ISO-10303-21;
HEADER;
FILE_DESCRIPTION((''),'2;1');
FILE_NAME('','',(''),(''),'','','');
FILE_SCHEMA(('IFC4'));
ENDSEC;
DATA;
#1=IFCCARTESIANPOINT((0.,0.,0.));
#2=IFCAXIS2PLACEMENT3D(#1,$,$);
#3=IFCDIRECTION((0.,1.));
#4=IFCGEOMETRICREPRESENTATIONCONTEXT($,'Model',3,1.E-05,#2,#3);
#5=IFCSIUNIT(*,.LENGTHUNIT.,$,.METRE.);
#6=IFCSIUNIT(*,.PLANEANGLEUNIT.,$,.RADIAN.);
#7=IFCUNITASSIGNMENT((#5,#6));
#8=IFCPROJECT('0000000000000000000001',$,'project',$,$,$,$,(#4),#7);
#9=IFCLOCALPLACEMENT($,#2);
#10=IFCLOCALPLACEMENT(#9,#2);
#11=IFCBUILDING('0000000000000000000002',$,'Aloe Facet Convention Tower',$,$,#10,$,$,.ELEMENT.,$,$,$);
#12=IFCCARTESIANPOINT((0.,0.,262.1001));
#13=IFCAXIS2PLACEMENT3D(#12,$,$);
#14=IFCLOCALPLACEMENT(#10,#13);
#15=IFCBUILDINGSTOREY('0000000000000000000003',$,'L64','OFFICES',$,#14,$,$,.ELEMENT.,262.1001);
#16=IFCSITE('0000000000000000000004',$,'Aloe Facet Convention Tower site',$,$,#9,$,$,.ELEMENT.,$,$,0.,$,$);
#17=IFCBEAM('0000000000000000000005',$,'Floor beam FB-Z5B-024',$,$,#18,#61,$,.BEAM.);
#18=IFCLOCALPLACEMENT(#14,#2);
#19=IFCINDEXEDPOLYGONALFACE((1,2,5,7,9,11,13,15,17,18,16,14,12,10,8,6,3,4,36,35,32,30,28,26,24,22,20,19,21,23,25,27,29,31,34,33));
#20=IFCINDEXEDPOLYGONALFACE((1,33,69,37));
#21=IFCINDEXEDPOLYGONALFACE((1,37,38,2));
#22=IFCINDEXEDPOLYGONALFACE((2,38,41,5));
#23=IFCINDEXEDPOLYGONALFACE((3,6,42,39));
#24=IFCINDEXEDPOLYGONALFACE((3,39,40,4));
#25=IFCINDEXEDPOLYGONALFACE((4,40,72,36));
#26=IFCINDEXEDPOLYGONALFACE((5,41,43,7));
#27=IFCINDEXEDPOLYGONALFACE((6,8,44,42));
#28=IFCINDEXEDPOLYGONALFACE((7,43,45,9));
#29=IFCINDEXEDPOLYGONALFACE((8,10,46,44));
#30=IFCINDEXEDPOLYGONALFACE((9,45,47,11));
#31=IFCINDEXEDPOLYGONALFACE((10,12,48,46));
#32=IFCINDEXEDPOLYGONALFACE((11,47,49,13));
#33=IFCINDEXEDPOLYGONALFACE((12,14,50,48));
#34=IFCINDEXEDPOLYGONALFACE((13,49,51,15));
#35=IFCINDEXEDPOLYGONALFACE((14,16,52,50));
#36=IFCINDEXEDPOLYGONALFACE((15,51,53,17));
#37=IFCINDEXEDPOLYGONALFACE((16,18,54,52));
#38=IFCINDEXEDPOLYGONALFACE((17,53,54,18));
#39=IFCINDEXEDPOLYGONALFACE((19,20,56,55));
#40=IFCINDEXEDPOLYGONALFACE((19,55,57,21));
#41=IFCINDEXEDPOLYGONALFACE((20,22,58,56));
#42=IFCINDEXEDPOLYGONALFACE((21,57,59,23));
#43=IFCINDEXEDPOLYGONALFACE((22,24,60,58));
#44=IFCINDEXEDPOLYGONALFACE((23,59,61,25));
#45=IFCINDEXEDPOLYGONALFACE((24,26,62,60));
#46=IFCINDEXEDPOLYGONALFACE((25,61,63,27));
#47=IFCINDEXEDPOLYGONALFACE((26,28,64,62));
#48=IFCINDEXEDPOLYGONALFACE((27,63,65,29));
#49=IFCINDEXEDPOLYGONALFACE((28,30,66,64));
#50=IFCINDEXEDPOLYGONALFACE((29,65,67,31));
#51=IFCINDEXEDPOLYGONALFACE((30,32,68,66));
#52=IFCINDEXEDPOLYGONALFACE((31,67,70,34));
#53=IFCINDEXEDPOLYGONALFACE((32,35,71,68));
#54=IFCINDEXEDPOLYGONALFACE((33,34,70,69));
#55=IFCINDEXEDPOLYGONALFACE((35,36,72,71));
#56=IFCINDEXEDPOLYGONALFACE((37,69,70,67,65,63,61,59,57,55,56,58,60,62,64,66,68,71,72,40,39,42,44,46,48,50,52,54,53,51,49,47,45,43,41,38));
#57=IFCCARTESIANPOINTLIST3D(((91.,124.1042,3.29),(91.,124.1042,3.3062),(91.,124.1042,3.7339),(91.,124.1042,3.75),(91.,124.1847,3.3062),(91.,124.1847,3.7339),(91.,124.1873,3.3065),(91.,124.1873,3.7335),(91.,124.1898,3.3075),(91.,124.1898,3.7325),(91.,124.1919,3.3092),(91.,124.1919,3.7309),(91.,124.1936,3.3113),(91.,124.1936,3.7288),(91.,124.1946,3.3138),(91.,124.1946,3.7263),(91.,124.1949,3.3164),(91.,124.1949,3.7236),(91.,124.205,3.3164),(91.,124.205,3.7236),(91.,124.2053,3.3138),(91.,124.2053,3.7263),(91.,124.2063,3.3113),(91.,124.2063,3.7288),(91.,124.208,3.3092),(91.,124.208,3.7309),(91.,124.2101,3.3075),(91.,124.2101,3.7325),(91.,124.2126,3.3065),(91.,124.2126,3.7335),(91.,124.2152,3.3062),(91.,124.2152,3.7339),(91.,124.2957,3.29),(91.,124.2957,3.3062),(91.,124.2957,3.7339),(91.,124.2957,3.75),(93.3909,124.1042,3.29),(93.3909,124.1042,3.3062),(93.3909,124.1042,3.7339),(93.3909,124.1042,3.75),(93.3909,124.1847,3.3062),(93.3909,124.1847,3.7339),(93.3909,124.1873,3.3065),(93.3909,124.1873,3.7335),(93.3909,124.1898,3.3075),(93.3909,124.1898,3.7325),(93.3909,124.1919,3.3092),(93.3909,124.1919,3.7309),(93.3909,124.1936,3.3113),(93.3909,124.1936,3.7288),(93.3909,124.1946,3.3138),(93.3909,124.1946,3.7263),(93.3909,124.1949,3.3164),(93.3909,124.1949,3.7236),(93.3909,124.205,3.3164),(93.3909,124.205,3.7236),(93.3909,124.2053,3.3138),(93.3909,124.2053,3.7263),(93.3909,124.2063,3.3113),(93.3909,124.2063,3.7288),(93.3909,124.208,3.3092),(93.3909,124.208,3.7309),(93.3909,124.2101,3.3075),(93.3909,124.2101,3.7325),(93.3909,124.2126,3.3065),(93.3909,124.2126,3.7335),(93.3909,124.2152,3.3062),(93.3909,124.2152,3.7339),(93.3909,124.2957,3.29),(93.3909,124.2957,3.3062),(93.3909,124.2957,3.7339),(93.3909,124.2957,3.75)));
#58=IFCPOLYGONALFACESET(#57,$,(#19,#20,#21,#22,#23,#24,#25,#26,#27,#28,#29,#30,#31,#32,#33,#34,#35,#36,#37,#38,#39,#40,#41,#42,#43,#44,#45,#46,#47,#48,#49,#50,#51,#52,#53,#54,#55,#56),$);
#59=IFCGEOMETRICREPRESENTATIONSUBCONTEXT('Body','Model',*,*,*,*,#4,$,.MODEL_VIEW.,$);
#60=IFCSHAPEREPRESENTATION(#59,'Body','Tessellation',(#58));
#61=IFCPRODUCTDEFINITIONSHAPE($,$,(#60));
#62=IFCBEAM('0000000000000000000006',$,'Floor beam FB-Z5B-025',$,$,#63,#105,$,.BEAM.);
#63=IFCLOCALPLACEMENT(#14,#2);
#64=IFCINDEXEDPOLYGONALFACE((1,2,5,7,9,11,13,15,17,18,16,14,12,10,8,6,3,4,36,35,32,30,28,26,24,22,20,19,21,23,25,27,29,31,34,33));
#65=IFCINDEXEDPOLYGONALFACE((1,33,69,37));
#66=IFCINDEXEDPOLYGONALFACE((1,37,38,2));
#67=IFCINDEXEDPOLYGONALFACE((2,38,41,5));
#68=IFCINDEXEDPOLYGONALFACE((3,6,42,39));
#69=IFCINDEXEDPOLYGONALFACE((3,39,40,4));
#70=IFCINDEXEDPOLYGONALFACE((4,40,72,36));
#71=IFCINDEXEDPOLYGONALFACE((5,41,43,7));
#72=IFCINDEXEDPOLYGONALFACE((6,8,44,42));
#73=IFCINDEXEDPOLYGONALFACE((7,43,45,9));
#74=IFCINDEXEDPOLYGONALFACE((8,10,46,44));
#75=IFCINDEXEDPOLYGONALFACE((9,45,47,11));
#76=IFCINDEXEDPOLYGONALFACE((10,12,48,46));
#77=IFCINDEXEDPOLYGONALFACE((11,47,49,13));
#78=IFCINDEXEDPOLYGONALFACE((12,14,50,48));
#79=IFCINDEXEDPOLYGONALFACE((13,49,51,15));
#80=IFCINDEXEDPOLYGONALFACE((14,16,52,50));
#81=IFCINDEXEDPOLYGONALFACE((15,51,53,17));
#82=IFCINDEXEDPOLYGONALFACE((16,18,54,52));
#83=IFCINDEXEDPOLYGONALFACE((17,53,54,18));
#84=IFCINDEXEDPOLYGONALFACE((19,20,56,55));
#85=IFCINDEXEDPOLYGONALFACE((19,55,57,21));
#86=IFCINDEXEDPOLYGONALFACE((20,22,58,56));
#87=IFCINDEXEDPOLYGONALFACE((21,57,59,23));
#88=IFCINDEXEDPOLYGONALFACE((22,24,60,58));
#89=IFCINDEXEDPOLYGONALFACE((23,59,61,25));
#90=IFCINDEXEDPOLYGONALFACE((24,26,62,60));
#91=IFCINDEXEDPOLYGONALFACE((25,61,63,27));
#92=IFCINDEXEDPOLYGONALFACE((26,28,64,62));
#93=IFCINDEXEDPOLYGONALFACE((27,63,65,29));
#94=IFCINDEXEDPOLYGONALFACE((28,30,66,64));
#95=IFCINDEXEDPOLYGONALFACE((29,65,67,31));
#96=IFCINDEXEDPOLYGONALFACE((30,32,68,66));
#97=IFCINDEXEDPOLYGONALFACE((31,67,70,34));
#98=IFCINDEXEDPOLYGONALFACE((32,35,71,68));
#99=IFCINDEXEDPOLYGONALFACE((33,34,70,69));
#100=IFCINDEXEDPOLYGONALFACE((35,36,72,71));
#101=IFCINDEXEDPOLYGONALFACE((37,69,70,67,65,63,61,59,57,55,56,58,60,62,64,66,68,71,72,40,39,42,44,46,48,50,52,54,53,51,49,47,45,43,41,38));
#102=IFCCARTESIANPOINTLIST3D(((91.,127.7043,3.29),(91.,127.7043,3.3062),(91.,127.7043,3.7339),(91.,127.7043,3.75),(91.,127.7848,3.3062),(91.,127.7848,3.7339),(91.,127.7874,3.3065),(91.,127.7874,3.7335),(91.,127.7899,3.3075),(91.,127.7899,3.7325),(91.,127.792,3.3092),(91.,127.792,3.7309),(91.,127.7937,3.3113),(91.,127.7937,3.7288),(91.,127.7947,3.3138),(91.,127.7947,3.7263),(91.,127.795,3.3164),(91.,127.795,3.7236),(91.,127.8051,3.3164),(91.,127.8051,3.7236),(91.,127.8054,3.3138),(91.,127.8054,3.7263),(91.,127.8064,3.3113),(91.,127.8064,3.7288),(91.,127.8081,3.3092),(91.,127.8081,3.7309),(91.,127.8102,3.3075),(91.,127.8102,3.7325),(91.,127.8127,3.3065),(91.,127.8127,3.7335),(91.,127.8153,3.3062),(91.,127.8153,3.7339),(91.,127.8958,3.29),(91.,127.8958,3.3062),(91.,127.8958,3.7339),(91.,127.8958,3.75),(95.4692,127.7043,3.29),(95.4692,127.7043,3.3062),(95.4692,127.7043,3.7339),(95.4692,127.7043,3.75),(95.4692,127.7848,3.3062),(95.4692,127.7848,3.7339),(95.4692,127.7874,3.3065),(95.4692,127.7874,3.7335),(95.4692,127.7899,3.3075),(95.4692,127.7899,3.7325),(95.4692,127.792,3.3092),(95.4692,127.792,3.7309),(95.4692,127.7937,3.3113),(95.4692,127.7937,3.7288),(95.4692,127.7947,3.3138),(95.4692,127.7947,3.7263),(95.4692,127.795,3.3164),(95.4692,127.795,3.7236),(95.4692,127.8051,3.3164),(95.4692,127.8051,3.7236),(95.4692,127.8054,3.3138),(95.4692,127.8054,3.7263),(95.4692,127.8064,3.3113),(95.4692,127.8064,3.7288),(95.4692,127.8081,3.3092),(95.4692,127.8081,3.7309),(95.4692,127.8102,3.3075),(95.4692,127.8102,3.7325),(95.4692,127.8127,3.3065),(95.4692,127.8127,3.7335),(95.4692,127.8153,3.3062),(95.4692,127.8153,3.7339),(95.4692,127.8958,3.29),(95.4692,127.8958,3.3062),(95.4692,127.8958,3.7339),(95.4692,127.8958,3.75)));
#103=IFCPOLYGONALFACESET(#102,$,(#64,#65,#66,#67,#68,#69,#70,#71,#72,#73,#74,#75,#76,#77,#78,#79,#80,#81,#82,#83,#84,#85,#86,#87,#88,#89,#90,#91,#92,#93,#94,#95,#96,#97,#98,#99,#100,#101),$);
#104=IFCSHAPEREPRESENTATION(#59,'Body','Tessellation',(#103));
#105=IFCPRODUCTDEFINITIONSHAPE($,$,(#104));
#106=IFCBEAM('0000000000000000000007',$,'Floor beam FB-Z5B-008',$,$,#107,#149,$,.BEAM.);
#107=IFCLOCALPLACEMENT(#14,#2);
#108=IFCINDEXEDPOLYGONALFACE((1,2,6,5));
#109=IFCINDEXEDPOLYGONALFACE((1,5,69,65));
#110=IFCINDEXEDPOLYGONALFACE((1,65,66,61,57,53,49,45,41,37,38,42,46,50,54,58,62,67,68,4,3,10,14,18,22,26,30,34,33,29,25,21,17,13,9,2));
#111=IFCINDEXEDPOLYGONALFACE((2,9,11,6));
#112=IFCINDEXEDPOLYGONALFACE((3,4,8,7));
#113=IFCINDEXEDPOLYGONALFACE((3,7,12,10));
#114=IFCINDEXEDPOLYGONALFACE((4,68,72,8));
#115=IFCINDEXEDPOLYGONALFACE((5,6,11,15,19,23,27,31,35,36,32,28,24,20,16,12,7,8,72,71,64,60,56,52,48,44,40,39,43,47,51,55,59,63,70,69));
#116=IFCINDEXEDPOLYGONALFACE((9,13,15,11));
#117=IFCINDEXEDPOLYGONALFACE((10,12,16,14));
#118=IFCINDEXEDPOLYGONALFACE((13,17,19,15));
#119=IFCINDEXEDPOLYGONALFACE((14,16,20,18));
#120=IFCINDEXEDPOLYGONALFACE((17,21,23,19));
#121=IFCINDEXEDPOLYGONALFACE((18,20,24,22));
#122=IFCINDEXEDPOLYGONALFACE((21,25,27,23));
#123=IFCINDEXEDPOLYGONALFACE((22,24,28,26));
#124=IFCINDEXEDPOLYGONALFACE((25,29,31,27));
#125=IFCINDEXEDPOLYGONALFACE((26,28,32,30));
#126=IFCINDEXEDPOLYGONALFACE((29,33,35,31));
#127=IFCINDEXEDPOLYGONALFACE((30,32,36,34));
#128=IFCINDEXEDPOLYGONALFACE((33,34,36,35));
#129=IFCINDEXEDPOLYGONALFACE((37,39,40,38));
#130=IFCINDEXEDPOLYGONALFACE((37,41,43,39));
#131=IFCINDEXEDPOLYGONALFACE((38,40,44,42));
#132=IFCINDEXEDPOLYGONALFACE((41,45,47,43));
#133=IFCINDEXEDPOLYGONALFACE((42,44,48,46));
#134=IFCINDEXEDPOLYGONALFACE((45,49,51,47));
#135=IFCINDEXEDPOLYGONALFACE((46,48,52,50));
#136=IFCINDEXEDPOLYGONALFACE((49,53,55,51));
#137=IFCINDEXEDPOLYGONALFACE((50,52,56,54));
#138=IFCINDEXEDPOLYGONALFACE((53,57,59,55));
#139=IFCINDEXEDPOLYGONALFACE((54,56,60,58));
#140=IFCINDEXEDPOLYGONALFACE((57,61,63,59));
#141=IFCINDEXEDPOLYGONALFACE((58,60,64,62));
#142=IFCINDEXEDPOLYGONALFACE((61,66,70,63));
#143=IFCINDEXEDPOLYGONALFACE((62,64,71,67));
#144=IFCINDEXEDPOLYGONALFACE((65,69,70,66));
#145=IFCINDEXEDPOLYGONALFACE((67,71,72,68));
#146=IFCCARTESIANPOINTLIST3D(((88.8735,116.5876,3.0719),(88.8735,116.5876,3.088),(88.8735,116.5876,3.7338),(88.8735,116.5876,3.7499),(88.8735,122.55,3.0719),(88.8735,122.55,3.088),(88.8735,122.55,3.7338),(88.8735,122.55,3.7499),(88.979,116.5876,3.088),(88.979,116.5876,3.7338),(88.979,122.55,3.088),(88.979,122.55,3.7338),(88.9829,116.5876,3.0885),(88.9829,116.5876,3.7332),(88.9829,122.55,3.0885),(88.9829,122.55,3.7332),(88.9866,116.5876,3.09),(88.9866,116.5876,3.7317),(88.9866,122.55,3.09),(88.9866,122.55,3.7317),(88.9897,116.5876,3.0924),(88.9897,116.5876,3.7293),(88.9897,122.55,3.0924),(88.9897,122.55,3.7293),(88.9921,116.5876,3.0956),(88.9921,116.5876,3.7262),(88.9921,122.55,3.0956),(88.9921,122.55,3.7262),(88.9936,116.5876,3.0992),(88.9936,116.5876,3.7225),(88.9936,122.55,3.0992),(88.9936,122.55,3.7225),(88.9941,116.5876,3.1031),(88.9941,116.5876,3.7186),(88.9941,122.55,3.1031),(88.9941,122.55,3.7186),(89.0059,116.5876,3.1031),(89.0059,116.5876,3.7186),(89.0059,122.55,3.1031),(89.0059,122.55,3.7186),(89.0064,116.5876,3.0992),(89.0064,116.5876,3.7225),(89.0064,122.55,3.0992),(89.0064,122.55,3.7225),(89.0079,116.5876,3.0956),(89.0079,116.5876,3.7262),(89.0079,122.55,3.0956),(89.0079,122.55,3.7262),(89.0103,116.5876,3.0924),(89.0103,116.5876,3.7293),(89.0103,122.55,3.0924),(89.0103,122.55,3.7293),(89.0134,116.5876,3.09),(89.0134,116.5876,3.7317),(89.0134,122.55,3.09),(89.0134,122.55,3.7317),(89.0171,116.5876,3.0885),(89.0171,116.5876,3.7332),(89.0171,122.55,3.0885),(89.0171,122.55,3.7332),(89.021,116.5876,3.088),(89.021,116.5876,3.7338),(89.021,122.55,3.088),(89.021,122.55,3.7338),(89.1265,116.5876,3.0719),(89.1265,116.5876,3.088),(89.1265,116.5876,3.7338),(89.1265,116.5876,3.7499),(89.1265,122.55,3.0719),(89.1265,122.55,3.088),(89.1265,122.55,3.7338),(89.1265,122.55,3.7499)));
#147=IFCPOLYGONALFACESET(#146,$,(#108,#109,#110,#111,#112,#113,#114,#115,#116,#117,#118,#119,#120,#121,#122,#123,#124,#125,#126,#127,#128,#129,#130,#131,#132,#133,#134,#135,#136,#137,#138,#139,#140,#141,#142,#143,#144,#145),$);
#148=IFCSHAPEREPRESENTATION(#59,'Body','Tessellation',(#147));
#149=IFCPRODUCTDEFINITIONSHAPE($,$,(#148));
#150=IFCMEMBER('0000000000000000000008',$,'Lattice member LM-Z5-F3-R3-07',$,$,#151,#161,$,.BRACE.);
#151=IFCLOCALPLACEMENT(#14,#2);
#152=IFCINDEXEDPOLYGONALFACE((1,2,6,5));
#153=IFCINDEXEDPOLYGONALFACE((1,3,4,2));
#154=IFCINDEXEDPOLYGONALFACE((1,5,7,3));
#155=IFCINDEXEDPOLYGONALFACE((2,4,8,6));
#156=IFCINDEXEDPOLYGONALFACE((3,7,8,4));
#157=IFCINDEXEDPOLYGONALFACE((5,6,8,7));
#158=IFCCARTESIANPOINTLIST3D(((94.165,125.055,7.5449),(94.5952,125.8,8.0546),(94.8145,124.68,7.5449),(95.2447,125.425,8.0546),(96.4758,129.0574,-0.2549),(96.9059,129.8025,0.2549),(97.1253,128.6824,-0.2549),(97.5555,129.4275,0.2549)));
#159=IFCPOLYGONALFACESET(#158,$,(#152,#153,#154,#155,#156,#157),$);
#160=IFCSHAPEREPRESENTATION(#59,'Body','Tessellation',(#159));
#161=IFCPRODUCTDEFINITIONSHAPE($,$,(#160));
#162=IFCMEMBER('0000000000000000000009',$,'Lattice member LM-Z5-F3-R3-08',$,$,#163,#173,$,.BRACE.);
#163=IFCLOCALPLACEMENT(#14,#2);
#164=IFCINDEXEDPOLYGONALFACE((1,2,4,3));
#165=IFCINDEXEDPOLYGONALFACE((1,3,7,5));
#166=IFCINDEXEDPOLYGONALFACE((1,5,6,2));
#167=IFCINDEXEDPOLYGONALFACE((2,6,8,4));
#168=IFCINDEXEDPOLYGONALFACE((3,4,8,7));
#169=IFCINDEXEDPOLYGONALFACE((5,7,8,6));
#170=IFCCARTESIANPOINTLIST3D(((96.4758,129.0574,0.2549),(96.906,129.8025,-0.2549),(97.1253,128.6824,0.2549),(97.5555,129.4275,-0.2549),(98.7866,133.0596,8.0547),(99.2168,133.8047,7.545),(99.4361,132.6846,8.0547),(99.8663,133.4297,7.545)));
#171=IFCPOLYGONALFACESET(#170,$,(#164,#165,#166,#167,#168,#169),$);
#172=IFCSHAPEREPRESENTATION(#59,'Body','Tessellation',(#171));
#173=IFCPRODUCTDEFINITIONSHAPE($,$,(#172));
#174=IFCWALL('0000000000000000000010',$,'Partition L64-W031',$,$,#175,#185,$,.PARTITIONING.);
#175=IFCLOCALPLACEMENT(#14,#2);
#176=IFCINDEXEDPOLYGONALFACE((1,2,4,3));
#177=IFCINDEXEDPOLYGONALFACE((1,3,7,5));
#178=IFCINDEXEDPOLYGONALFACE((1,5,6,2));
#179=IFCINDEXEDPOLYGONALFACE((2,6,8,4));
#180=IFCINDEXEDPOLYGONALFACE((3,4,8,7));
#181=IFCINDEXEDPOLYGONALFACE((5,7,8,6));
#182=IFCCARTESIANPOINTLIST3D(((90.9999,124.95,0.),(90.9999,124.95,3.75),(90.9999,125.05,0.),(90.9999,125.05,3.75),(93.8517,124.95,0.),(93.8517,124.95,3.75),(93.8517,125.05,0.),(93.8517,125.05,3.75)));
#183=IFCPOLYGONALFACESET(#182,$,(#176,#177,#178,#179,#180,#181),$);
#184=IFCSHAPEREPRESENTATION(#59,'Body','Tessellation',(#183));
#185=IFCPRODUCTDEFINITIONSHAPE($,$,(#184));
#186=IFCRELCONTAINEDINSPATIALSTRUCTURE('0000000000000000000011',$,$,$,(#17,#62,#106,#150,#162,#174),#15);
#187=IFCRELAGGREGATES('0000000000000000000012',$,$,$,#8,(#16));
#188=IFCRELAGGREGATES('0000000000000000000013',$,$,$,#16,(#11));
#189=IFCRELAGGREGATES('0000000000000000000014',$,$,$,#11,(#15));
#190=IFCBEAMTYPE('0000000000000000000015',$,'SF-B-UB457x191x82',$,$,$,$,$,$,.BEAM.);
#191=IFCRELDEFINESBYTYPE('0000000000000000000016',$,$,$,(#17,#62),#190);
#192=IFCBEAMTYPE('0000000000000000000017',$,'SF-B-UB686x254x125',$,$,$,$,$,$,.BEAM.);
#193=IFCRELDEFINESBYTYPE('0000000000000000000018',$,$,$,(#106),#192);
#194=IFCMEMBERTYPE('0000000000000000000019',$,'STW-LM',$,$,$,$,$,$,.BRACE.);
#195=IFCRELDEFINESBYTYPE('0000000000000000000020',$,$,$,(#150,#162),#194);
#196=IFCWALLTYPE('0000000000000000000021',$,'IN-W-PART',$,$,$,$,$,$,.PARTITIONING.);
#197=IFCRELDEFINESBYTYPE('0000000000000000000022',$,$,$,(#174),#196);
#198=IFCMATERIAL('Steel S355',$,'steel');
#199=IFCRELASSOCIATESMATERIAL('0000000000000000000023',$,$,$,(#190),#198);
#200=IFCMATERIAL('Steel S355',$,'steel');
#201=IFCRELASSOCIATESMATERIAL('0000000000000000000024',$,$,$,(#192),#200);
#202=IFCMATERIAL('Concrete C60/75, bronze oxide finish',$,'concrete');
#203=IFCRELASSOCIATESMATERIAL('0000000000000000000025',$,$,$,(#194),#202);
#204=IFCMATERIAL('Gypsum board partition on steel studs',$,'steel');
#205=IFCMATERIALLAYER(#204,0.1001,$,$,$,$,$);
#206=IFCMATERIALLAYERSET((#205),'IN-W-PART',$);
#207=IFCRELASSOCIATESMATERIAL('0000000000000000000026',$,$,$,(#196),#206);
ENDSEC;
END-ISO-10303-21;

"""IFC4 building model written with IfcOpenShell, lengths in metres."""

from ifc_helpers import new_model, si_unit, direction, frame, frame_2d, origin, origin_2d, place, context, subcontext, project, spatial, rectangle, i_section, extrude, material, layer, layer_set, material_profile, profile_set, type_object, element, save


model = new_model("IFC4")

# Units and contexts
model_context = context("Model", 3, precision=1e-05, world=origin(), true_north=direction((0.0, 1.0)))
body_context = subcontext(model_context, "Body", "Model", "MODEL_VIEW")
ifc_project = project(units=[si_unit("LENGTHUNIT", "METRE"), si_unit("PLANEANGLEUNIT", "RADIAN")], contexts=[model_context])

# Site, building, storey
site_placement = place(None, origin())
site = spatial("IfcSite", under=ifc_project, at=site_placement, Name="Aloe Facet Convention Tower site", CompositionType="ELEMENT", RefElevation=0.0)
building_placement = place(site_placement, origin())
building = spatial("IfcBuilding", under=site, at=building_placement, Name="Aloe Facet Convention Tower", CompositionType="ELEMENT")
storey_placement = place(building_placement, frame((0.0, 0.0, 262.1001)))
storey = spatial("IfcBuildingStorey", under=building, at=storey_placement, Name="L64", Description="OFFICES", CompositionType="ELEMENT", Elevation=262.1001)

# Beams
ifc_material_1 = material(Name="Steel S355", Category="steel")
ifc_material_profile_1 = material_profile(ifc_material_1, i_section(OverallWidth=0.1914, OverallDepth=0.46, WebThickness=0.01, FlangeThickness=0.0161, FilletRadius=0.0103, at=origin_2d()), Name="UB 457x191x82")
ifc_profile_set_1 = profile_set([ifc_material_profile_1], Name="Steel S355")
beam_type_1 = type_object("IfcBeamType", Name="SF-B-UB457x191x82", PredefinedType="BEAM", material=ifc_profile_set_1)
beam_1_placement = place(storey_placement, frame((91.0, 124.2, 3.52), z_axis=(1.0, 0.0, 0.0), x_axis=(0.0, 1.0, 0.0)))
element("IfcBeam", 1, at=beam_1_placement, inside=storey, type_object=beam_type_1, Name="Floor beam FB-Z5B-024", PredefinedType="BEAM", context=body_context, shape_type="SweptSolid", body=[
    extrude(i_section(OverallWidth=0.1914, OverallDepth=0.46, WebThickness=0.01, FlangeThickness=0.0161, FilletRadius=0.0103, at=origin_2d()), origin(), (0.0, 0.0, 1.0), 2.3909),
])
beam_2_placement = place(storey_placement, frame((91.0, 127.8, 3.52), z_axis=(1.0, 0.0, 0.0), x_axis=(0.0, 1.0, 0.0)))
element("IfcBeam", 2, at=beam_2_placement, inside=storey, type_object=beam_type_1, Name="Floor beam FB-Z5B-025", PredefinedType="BEAM", context=body_context, shape_type="SweptSolid", body=[
    extrude(i_section(OverallWidth=0.1914, OverallDepth=0.46, WebThickness=0.01, FlangeThickness=0.0161, FilletRadius=0.0103, at=origin_2d()), origin(), (0.0, 0.0, 1.0), 4.4692),
])
ifc_material_2 = material(Name="Steel S355", Category="steel")
ifc_material_profile_2 = material_profile(ifc_material_2, i_section(OverallWidth=0.2529, OverallDepth=0.678, WebThickness=0.0117, FlangeThickness=0.0161, FilletRadius=0.0151, at=origin_2d()), Name="UB 686x254x125")
ifc_profile_set_2 = profile_set([ifc_material_profile_2], Name="Steel S355")
beam_type_2 = type_object("IfcBeamType", Name="SF-B-UB686x254x125", PredefinedType="BEAM", material=ifc_profile_set_2)
beam_3_placement = place(storey_placement, frame((89.0, 122.55, 3.4109), z_axis=(0.0, -1.0, 0.0), x_axis=(1.0, 0.0, 0.0)))
element("IfcBeam", 3, at=beam_3_placement, inside=storey, type_object=beam_type_2, Name="Floor beam FB-Z5B-008", PredefinedType="BEAM", context=body_context, shape_type="SweptSolid", body=[
    extrude(i_section(OverallWidth=0.2529, OverallDepth=0.678, WebThickness=0.0117, FlangeThickness=0.0161, FilletRadius=0.0151, at=origin_2d()), origin(), (0.0, 0.0, 1.0), 5.9624),
])

# Members
ifc_material_3 = material(Name="Concrete C60/75, bronze oxide finish", Category="concrete")
ifc_material_profile_3 = material_profile(ifc_material_3, rectangle(XDim=0.75, YDim=1.0, at=origin_2d()), Name="STW-LM")
ifc_profile_set_3 = profile_set([ifc_material_profile_3], Name="Concrete C60/75, bronze oxide finish")
member_type = type_object("IfcMemberType", Name="STW-LM", PredefinedType="BRACE", material=ifc_profile_set_3)
for number, where, z_axis, x_axis, name in (
    (4, (97.0156, 129.2424, 0.0), (-0.254879, -0.441468, 0.860315), (0.866027, -0.499997, 0.0), "Lattice member LM-Z5-F3-R3-07"),
    (5, (97.0156, 129.2424, 0.0), (0.254882, 0.441446, 0.860326), (-0.866014, 0.50002, 0.0), "Lattice member LM-Z5-F3-R3-08"),
):
    element("IfcMember", number, at=place(storey_placement, frame(where, z_axis=z_axis, x_axis=x_axis)), inside=storey, type_object=member_type, Name=name, PredefinedType="BRACE", context=body_context, shape_type="SweptSolid", body=[
        extrude(rectangle(XDim=0.75, YDim=1.0, at=origin_2d()), origin(), (0.0, 0.0, 1.0), 9.0662),
    ])

# Wall
ifc_material_4 = material(Name="Gypsum board partition on steel studs", Category="steel")
ifc_layer = layer(ifc_material_4, 0.1001)
ifc_layer_set = layer_set([ifc_layer], Name="IN-W-PART")
wall_type = type_object("IfcWallType", Name="IN-W-PART", PredefinedType="PARTITIONING", material=ifc_layer_set)
wall_1_placement = place(storey_placement, frame((91.0, 125.0, 0.0), z_axis=(0.0, 0.0, 1.0), x_axis=(1.0, 0.0, 0.0)))
element("IfcWall", 6, at=wall_1_placement, inside=storey, type_object=wall_type, Name="Partition L64-W031", PredefinedType="PARTITIONING", context=body_context, shape_type="SweptSolid", body=[
    extrude(rectangle(XDim=2.8518, YDim=0.1001, at=frame_2d((1.4258, 0.0))), origin(), (0.0, 0.0, 1.0), 3.75),
])

save(model, "model.ifc")
